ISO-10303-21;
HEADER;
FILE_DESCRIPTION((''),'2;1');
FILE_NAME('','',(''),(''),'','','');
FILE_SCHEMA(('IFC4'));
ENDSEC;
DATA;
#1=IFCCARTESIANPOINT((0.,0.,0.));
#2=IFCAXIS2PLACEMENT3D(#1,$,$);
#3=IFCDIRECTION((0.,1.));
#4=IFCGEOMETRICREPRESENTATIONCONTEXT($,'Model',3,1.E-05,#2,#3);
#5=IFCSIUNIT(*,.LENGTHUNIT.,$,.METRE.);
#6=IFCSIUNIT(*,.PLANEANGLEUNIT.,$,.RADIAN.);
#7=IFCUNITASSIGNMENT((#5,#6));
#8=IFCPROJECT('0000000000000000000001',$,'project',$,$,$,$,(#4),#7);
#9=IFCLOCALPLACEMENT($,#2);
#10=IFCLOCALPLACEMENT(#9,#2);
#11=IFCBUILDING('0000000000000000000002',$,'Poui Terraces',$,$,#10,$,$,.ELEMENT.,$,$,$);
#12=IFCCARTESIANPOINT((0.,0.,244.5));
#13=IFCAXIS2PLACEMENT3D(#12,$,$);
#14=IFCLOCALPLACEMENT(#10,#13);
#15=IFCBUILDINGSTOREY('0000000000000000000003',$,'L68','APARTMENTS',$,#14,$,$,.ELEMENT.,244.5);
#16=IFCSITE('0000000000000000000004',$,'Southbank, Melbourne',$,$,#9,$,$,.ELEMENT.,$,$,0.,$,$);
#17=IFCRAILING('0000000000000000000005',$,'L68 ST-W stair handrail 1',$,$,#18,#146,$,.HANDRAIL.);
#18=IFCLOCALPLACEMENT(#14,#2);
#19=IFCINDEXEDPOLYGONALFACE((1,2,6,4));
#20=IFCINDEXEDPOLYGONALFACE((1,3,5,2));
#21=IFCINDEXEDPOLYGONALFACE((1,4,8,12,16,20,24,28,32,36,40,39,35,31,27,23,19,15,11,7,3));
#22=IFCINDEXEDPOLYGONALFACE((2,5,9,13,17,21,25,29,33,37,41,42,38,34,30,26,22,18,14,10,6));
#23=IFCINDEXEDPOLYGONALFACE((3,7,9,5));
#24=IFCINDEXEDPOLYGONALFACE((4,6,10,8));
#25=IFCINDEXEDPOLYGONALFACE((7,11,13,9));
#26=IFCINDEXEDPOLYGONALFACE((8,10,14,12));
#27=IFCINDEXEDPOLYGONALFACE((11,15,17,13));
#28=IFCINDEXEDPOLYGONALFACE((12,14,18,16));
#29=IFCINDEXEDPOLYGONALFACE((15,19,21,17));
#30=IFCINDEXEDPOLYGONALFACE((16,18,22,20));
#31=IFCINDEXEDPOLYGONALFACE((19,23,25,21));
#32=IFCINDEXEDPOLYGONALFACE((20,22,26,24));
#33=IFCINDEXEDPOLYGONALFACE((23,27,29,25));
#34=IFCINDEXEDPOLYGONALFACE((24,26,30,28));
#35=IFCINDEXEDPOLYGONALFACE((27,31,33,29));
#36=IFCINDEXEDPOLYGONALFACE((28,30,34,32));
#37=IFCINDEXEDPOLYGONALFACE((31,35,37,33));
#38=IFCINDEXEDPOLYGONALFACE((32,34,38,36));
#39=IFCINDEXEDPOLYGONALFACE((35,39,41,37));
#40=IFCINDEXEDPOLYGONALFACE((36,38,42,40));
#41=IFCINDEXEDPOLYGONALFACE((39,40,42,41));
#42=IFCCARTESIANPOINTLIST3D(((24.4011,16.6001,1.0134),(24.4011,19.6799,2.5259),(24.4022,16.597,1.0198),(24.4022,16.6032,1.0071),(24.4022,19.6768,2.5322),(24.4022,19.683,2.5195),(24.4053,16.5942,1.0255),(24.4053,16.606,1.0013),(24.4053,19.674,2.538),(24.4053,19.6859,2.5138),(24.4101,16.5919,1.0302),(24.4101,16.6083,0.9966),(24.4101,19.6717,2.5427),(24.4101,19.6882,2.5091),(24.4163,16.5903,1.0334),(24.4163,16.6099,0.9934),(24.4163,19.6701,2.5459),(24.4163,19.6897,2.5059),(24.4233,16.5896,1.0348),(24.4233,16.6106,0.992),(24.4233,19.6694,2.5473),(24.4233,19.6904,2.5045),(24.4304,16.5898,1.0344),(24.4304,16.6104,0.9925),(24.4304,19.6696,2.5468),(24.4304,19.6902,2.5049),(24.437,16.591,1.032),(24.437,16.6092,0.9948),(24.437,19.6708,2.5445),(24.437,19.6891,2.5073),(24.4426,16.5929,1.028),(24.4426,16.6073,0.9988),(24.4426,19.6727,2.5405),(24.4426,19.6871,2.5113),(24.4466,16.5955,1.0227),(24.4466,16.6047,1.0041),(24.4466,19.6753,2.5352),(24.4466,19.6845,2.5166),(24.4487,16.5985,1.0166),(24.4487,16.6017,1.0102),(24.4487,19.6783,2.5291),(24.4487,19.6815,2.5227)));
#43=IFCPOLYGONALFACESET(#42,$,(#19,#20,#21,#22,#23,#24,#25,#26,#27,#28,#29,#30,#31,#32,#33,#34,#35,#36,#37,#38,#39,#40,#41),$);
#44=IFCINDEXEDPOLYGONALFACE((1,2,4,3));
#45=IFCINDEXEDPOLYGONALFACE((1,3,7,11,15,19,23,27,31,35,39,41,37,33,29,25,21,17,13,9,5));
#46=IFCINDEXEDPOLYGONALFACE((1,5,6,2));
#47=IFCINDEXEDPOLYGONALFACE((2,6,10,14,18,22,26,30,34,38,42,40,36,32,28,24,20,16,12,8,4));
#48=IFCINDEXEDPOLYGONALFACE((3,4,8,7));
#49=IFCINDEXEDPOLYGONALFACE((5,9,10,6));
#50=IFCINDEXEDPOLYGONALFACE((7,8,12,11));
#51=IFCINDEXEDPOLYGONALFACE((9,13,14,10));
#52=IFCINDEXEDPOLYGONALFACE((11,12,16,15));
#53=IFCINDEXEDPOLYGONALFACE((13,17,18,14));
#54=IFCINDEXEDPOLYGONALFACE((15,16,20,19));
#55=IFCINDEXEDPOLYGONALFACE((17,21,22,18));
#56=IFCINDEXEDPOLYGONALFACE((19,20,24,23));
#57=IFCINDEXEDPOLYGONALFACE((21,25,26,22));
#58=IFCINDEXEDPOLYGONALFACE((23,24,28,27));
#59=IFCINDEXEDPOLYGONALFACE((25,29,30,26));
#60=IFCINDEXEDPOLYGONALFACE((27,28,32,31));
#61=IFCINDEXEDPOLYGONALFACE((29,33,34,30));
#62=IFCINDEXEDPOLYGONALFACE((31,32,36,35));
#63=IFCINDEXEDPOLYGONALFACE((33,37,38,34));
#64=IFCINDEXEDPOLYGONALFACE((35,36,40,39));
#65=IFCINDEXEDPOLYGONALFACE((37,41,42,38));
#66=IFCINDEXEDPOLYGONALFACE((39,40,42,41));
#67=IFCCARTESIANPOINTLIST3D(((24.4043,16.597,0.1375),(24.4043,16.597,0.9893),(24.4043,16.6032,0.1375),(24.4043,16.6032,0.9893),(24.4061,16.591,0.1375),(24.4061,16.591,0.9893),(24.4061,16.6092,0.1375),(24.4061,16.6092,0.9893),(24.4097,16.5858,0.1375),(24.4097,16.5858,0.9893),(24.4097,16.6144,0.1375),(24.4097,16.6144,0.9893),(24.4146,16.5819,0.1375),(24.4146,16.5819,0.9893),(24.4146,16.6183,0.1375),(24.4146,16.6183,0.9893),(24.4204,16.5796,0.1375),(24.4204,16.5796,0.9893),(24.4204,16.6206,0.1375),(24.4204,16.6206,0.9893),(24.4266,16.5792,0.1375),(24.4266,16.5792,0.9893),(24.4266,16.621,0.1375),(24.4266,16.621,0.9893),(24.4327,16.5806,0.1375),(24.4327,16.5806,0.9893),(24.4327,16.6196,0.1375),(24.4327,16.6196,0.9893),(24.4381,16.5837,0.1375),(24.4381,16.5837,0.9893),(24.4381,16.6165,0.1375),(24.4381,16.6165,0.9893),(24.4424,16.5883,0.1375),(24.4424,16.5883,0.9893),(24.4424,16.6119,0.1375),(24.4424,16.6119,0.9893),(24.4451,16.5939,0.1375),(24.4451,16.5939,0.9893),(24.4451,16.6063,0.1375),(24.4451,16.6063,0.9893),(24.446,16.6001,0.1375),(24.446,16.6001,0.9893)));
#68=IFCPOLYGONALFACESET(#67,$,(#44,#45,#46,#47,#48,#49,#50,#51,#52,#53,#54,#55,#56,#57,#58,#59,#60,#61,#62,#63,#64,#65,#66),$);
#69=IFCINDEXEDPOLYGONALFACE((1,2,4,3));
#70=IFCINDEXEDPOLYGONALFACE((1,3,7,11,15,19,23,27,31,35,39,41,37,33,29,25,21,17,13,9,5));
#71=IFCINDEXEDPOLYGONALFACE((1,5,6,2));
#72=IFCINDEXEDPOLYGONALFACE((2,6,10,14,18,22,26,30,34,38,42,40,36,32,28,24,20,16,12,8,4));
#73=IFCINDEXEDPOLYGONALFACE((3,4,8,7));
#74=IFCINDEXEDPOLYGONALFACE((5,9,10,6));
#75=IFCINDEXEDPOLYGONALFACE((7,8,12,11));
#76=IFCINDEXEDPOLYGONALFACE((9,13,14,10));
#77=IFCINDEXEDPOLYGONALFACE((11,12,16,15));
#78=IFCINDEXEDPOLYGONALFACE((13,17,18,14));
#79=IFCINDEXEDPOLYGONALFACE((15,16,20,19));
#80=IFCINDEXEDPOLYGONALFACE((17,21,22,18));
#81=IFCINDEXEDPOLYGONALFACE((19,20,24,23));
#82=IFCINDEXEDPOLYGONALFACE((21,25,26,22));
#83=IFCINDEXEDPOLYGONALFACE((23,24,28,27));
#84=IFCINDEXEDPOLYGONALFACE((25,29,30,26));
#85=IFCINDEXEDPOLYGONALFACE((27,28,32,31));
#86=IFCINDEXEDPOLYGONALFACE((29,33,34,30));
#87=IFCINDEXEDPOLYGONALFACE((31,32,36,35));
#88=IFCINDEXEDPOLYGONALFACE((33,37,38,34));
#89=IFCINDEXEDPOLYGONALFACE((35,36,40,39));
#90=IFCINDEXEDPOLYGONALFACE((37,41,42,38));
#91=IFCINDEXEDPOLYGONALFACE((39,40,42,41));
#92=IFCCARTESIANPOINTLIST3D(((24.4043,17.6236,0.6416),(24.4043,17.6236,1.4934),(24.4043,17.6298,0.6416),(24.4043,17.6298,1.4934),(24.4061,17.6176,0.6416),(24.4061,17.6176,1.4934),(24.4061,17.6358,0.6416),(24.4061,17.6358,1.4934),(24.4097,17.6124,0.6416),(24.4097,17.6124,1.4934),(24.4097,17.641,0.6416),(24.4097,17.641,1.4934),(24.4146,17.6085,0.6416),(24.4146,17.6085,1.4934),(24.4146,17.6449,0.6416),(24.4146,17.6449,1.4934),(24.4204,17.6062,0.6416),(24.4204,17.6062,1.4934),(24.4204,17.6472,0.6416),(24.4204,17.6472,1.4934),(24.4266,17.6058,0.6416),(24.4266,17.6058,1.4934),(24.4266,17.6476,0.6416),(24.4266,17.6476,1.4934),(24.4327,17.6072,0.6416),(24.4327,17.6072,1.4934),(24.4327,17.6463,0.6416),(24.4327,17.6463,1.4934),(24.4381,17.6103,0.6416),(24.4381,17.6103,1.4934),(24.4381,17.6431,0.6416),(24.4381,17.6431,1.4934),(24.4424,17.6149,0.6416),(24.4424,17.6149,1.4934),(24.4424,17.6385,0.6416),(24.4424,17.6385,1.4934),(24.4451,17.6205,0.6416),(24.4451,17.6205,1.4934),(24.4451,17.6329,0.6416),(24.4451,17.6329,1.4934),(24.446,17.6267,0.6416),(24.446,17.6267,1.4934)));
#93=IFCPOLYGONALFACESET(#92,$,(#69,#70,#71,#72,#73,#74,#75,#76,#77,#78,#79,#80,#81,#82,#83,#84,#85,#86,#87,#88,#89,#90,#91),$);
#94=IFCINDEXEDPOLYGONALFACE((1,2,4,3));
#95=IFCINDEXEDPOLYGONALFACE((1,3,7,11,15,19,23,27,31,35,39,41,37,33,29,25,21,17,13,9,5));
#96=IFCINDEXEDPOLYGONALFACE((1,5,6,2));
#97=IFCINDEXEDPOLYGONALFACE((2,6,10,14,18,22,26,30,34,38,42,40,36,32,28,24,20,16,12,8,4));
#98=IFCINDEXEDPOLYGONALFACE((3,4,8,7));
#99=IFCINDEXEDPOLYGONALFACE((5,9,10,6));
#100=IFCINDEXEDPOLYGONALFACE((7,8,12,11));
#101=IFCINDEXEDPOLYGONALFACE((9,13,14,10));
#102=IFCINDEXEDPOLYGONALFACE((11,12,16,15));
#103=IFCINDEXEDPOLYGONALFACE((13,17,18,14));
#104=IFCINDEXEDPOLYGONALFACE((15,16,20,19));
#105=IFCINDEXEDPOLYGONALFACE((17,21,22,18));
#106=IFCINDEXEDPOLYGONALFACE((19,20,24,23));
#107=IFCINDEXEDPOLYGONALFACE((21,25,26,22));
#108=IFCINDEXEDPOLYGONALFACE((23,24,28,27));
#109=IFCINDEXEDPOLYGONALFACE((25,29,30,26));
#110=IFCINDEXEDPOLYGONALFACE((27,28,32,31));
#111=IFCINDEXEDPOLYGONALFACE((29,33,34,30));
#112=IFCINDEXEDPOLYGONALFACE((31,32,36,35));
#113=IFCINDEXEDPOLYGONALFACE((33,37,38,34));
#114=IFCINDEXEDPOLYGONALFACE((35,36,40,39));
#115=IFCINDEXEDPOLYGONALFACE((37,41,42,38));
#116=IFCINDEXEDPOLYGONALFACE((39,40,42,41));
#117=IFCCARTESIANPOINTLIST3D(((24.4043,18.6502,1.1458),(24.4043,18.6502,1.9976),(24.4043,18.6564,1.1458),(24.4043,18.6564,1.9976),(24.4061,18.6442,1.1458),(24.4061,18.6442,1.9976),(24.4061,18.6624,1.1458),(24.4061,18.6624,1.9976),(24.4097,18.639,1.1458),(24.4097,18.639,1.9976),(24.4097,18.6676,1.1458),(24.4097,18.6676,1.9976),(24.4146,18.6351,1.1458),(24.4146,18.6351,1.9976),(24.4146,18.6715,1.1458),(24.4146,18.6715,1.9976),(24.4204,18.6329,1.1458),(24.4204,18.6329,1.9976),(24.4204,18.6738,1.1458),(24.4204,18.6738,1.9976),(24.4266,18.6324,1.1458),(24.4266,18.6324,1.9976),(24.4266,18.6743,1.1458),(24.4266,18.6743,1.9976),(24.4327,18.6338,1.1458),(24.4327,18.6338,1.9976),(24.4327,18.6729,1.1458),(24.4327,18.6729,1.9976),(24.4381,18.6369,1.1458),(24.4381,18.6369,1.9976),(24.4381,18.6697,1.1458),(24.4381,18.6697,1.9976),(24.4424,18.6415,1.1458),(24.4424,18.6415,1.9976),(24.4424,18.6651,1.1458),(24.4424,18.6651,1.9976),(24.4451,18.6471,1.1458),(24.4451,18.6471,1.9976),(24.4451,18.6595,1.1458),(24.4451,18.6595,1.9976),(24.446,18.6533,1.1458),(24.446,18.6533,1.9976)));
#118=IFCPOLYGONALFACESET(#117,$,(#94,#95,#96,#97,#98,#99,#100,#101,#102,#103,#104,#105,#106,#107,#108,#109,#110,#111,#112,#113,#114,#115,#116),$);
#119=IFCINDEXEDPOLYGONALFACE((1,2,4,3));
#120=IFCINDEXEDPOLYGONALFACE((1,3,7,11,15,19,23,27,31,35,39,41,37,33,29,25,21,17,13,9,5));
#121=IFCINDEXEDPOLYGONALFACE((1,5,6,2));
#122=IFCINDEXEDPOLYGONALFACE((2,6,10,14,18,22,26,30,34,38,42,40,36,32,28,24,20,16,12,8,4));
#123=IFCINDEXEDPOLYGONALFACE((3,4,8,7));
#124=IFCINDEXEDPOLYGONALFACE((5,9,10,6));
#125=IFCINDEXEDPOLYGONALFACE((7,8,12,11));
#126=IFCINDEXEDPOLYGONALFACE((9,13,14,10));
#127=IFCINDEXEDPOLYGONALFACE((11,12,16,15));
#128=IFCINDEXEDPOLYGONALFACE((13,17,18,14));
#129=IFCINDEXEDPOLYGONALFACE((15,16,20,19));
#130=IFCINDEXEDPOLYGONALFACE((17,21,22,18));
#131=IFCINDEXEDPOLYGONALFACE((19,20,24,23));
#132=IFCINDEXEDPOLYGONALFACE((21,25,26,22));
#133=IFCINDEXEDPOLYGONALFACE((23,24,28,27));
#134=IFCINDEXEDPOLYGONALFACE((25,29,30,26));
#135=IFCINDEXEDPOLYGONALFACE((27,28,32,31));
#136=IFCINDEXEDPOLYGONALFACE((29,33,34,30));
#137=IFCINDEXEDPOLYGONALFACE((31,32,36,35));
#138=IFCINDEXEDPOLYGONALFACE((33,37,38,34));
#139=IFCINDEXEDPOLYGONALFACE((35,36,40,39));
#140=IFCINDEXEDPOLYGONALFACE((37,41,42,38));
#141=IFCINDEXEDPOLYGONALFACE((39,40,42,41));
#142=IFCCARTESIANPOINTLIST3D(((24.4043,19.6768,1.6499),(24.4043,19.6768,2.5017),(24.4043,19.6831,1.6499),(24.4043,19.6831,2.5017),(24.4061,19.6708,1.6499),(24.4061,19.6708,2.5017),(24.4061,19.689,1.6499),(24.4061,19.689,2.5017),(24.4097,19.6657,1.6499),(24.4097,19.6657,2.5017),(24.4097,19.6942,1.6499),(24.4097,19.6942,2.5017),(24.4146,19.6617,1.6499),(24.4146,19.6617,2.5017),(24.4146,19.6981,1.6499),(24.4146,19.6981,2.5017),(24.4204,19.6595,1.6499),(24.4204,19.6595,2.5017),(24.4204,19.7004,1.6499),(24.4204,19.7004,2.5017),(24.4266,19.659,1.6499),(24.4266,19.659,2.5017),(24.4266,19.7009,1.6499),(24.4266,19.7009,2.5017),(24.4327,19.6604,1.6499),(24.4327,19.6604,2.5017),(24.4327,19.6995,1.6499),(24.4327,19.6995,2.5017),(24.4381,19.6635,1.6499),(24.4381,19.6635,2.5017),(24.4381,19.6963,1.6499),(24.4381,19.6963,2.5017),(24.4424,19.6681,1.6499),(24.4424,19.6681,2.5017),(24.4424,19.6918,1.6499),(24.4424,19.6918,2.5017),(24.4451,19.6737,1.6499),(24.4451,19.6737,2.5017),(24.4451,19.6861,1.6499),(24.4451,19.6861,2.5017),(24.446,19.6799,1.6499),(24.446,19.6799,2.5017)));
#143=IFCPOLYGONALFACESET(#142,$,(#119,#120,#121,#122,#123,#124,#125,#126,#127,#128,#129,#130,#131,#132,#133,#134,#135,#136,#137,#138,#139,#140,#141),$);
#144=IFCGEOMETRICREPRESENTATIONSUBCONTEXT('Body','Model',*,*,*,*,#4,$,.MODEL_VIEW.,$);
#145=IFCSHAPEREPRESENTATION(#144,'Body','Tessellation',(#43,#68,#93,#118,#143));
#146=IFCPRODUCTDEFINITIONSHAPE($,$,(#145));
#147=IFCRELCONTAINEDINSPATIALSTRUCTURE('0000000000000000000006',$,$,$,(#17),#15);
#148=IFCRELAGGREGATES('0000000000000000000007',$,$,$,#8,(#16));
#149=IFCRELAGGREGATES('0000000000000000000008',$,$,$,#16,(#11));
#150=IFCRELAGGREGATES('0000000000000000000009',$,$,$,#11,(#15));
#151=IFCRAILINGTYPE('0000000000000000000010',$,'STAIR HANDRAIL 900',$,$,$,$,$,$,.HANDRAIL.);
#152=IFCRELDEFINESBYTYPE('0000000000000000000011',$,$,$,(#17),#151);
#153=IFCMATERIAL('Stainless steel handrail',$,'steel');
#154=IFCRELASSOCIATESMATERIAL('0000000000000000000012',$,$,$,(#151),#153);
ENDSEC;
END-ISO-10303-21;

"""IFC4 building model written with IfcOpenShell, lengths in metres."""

from ifc_helpers import new_model, si_unit, direction, frame, origin, origin_2d, place, context, subcontext, project, spatial, circle, extrude, material, type_object, element, save


model = new_model("IFC4")

# Units and contexts
model_context = context("Model", 3, precision=1e-05, world=origin(), true_north=direction((0.0, 1.0)))
body_context = subcontext(model_context, "Body", "Model", "MODEL_VIEW")
ifc_project = project(units=[si_unit("LENGTHUNIT", "METRE"), si_unit("PLANEANGLEUNIT", "RADIAN")], contexts=[model_context])

# Site, building, storey
site_placement = place(None, origin())
site = spatial("IfcSite", under=ifc_project, at=site_placement, Name="Southbank, Melbourne", CompositionType="ELEMENT", RefElevation=0.0)
building_placement = place(site_placement, origin())
building = spatial("IfcBuilding", under=site, at=building_placement, Name="Poui Terraces", CompositionType="ELEMENT")
storey_placement = place(building_placement, frame((0.0, 0.0, 244.5)))
storey = spatial("IfcBuildingStorey", under=building, at=storey_placement, Name="L68", Description="APARTMENTS", CompositionType="ELEMENT", Elevation=244.5)

# Railing
ifc_material_1 = material(Name="Stainless steel handrail", Category="steel")
railing_type_1 = type_object("IfcRailingType", Name="STAIR HANDRAIL 900", PredefinedType="HANDRAIL", material=ifc_material_1)
railing_1_placement = place(storey_placement, frame((24.425, 16.6001, 0.1375)))
element("IfcRailing", 1, at=railing_1_placement, inside=storey, type_object=railing_type_1, Name="L68 ST-W stair handrail 1", PredefinedType="HANDRAIL", context=body_context, shape_type="SweptSolid", body=[
    extrude(circle(Radius=0.0239, at=origin_2d()), frame((0.0, 0.0, 0.876), z_axis=(0.0, 0.897606, 0.440798), x_axis=(-1.0, 0.0, 0.0)), (0.0, 0.0, 1.0), 3.4312),
    extrude(circle(Radius=0.021, at=origin_2d()), origin(), (0.0, 0.0, 1.0), 0.8518),
    extrude(circle(Radius=0.021, at=origin_2d()), frame((0.0, 1.0266, 0.5042)), (0.0, 0.0, 1.0), 0.8518),
    extrude(circle(Radius=0.021, at=origin_2d()), frame((0.0, 2.0532, 1.0083)), (0.0, 0.0, 1.0), 0.8518),
    extrude(circle(Radius=0.021, at=origin_2d()), frame((0.0, 3.0798, 1.5125)), (0.0, 0.0, 1.0), 0.8518),
])

save(model, "model.ifc")
